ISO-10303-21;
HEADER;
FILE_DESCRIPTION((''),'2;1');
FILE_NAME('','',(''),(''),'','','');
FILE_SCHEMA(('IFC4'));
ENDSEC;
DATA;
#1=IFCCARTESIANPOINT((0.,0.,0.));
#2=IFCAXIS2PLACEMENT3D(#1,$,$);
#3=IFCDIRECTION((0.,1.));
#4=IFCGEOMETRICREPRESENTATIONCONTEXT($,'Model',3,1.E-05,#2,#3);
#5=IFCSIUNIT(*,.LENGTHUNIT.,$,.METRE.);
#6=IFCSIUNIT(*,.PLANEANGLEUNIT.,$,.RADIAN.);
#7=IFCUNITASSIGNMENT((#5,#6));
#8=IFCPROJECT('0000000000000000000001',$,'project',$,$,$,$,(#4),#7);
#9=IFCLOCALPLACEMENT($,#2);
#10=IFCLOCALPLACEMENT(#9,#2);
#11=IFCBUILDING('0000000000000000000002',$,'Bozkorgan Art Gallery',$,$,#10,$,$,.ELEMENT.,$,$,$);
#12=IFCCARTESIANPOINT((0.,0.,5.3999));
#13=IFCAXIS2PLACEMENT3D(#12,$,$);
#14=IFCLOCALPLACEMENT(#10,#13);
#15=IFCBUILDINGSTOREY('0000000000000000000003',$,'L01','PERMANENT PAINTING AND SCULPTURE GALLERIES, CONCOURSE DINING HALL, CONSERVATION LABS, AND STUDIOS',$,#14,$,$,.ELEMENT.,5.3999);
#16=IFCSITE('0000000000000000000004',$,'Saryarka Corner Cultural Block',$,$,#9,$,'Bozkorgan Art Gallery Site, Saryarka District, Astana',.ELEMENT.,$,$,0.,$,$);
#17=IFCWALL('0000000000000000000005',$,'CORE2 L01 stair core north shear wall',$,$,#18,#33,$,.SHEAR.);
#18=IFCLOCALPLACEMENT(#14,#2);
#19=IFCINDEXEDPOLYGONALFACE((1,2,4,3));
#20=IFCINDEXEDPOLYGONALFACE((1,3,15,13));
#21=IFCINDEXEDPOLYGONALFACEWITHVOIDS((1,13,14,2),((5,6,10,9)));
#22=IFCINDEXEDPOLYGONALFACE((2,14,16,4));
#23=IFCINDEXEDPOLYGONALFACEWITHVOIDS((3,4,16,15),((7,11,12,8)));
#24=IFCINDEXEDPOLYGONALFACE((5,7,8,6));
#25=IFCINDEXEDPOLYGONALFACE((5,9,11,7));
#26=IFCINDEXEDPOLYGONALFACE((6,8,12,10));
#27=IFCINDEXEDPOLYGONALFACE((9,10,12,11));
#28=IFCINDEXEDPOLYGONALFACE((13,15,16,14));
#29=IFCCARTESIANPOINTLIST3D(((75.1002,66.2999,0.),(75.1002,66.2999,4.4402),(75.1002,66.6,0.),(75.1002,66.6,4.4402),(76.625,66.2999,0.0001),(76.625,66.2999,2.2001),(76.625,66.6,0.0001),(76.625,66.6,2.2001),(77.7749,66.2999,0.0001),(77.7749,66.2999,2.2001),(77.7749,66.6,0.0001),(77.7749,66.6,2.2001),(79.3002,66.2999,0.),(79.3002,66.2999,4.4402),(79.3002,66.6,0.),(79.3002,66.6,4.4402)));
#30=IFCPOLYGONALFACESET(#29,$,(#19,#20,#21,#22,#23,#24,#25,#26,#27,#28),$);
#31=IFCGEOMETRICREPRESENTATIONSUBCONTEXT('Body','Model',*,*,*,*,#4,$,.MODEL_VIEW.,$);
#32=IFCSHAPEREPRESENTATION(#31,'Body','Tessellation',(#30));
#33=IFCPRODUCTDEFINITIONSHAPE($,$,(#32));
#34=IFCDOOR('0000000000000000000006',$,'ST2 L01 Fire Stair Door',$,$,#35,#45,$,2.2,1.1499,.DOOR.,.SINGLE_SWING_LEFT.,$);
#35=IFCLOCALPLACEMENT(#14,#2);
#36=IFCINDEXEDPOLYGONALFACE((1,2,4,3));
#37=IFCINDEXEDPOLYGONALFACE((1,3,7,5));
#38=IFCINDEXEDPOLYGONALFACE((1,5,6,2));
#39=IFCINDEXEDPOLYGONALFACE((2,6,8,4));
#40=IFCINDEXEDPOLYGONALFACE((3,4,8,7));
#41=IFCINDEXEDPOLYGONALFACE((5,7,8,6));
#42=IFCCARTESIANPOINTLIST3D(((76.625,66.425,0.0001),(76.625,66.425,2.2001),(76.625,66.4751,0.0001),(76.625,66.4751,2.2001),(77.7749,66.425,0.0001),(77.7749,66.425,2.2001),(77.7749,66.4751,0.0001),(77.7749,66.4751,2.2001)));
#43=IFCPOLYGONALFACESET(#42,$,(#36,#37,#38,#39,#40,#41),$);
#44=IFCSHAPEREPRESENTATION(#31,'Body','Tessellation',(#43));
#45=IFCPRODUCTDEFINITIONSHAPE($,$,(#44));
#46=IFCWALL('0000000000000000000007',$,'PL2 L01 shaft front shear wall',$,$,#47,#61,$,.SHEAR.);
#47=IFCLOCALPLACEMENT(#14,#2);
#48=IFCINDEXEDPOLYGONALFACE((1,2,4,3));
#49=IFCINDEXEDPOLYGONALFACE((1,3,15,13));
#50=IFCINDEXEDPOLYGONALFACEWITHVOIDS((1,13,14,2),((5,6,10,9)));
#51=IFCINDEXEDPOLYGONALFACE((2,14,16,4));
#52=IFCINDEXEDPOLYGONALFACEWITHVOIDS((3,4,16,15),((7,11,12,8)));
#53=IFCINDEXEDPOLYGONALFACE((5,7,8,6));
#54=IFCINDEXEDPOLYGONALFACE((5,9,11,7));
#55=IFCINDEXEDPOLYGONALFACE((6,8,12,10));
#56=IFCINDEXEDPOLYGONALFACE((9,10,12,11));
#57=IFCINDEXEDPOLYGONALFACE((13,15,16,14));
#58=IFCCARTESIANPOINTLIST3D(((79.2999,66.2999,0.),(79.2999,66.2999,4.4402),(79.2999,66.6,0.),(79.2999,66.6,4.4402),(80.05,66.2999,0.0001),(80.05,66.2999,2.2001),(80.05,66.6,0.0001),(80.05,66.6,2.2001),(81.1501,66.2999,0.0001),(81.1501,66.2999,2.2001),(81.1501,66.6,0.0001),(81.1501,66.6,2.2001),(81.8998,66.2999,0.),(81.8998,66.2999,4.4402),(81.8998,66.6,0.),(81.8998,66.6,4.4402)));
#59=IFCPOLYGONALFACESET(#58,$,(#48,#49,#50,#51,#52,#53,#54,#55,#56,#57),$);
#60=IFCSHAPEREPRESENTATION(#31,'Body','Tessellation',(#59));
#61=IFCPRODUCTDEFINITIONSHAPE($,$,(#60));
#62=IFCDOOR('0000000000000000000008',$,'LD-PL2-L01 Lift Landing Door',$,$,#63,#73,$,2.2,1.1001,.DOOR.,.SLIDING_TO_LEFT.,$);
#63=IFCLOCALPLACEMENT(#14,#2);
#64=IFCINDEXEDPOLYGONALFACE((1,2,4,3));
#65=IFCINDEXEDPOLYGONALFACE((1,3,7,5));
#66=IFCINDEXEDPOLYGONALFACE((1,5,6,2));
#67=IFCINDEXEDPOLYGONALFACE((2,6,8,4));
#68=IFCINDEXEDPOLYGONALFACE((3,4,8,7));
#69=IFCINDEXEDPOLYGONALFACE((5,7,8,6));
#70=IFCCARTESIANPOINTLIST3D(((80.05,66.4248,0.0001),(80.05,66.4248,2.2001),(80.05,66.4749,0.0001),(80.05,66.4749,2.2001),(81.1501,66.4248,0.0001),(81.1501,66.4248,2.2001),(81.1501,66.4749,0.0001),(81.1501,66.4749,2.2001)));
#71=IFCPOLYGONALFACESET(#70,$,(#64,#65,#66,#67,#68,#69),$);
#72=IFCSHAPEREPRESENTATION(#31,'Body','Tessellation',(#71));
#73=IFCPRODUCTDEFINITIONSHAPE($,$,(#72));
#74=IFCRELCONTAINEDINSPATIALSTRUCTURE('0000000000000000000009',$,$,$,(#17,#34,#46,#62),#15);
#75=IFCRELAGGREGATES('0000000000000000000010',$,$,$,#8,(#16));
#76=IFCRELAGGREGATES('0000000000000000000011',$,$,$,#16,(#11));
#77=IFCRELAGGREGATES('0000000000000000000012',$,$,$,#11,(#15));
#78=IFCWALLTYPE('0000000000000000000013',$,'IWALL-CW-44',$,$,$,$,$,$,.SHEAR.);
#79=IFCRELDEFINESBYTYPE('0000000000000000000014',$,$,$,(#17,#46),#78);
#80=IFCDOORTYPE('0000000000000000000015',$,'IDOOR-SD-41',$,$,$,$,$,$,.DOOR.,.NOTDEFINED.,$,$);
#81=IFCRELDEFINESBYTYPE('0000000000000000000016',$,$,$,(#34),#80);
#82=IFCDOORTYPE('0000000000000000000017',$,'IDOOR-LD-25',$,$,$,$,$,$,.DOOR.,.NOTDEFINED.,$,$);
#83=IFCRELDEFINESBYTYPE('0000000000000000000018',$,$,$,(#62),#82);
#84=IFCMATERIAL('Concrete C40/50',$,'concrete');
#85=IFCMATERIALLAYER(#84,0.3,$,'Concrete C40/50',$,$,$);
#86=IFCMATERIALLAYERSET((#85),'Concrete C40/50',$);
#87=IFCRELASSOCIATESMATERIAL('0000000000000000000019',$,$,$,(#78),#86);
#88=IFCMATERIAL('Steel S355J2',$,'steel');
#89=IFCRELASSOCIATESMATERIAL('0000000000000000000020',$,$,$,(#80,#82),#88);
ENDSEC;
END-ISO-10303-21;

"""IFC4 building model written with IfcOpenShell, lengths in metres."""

from ifc_helpers import new_model, si_unit, direction, frame, frame_2d, origin, place, context, subcontext, project, spatial, rectangle, extrude, material, layer, layer_set, type_object, element, fill, save


model = new_model("IFC4")

# Units and contexts
model_context = context("Model", 3, precision=1e-05, world=origin(), true_north=direction((0.0, 1.0)))
body_context = subcontext(model_context, "Body", "Model", "MODEL_VIEW")
ifc_project = project(units=[si_unit("LENGTHUNIT", "METRE"), si_unit("PLANEANGLEUNIT", "RADIAN")], contexts=[model_context])

# Site, building, storey
site_placement = place(None, origin())
site = spatial("IfcSite", under=ifc_project, at=site_placement, Name="Saryarka Corner Cultural Block", LongName="Bozkorgan Art Gallery Site, Saryarka District, Astana", CompositionType="ELEMENT", RefElevation=0.0)
building_placement = place(site_placement, origin())
building = spatial("IfcBuilding", under=site, at=building_placement, Name="Bozkorgan Art Gallery", CompositionType="ELEMENT")
storey_placement = place(building_placement, frame((0.0, 0.0, 5.3999)))
storey = spatial("IfcBuildingStorey", under=building, at=storey_placement, Name="L01", Description="PERMANENT PAINTING AND SCULPTURE GALLERIES, CONCOURSE DINING HALL, CONSERVATION LABS, AND STUDIOS", CompositionType="ELEMENT", Elevation=5.3999)

# Shared definitions
ifc_material_1 = material(Name="Concrete C40/50", Category="concrete")

# Walls, openings, doors
ifc_layer_1 = layer(ifc_material_1, 0.3, Name="Concrete C40/50")
ifc_layer_set_1 = layer_set([ifc_layer_1], Name="Concrete C40/50")
wall_type = type_object("IfcWallType", Name="IWALL-CW-44", PredefinedType="SHEAR", material=ifc_layer_set_1)
wall_1_placement = place(storey_placement, frame((75.1001, 66.45, 0.0), z_axis=(0.0, 0.0, 1.0), x_axis=(1.0, 0.0, 0.0)))
wall_1 = element("IfcWall", 1, at=wall_1_placement, inside=storey, type_object=wall_type, Name="CORE2 L01 stair core north shear wall", PredefinedType="SHEAR", context=body_context, shape_type="SweptSolid", body=[
    extrude(rectangle(XDim=4.2, YDim=0.3, at=frame_2d((2.1001, 0.0))), origin(), (0.0, 0.0, 1.0), 4.4402),
])
opening_1_placement = place(wall_1_placement, frame((2.6748, 0.0, 0.0), z_axis=(0.0, 0.0, 1.0), x_axis=(-1.0, 0.0, 0.0)))
opening_1 = element("IfcOpeningElement", 2, at=opening_1_placement, cuts=wall_1, PredefinedType="OPENING", context=body_context, shape_type="SweptSolid", body=[
    extrude(rectangle(XDim=1.1499, YDim=2.2, at=frame_2d((0.575, 1.1001))), frame((0.0, 0.1602, 0.0), z_axis=(0.0, -1.0, 0.0), x_axis=(1.0, 0.0, 0.0)), (0.0, 0.0, 1.0), 0.3201),
])
ifc_material_2 = material(Name="Steel S355J2", Category="steel")
door_type_1 = type_object("IfcDoorType", Name="IDOOR-SD-41", OperationType="NOTDEFINED", PredefinedType="DOOR", material=ifc_material_2)
door_1_placement = place(opening_1_placement, origin())
door_1 = element("IfcDoor", 3, at=door_1_placement, inside=storey, type_object=door_type_1, Name="ST2 L01 Fire Stair Door", OperationType="SINGLE_SWING_LEFT", OverallHeight=2.2, OverallWidth=1.1499, PredefinedType="DOOR", context=body_context, shape_type="SweptSolid", body=[
    extrude(rectangle(XDim=1.1499, YDim=2.2, at=frame_2d((0.575, 1.1001))), frame((0.0, 0.0249, 0.0), z_axis=(0.0, -1.0, 0.0), x_axis=(1.0, 0.0, 0.0)), (0.0, 0.0, 1.0), 0.05),
])
fill(opening_1, door_1)
wall_2_placement = place(storey_placement, frame((79.3, 66.45, 0.0), z_axis=(0.0, 0.0, 1.0), x_axis=(1.0, 0.0, 0.0)))
wall_2 = element("IfcWall", 4, at=wall_2_placement, inside=storey, type_object=wall_type, Name="PL2 L01 shaft front shear wall", PredefinedType="SHEAR", context=body_context, shape_type="SweptSolid", body=[
    extrude(rectangle(XDim=2.5999, YDim=0.3, at=frame_2d((1.2998, 0.0))), origin(), (0.0, 0.0, 1.0), 4.4402),
])
opening_2_placement = place(wall_2_placement, frame((0.75, 0.0, 0.0)))
opening_2 = element("IfcOpeningElement", 5, at=opening_2_placement, cuts=wall_2, PredefinedType="OPENING", context=body_context, shape_type="SweptSolid", body=[
    extrude(rectangle(XDim=1.1001, YDim=2.2, at=frame_2d((0.55, 1.1001))), frame((0.0, 0.1602, 0.0), z_axis=(0.0, -1.0, 0.0), x_axis=(1.0, 0.0, 0.0)), (0.0, 0.0, 1.0), 0.3201),
])
door_type_2 = type_object("IfcDoorType", Name="IDOOR-LD-25", OperationType="NOTDEFINED", PredefinedType="DOOR", material=ifc_material_2)
door_2_placement = place(opening_2_placement, origin())
door_2 = element("IfcDoor", 6, at=door_2_placement, inside=storey, type_object=door_type_2, Name="LD-PL2-L01 Lift Landing Door", OperationType="SLIDING_TO_LEFT", OverallHeight=2.2, OverallWidth=1.1001, PredefinedType="DOOR", context=body_context, shape_type="SweptSolid", body=[
    extrude(rectangle(XDim=1.1001, YDim=2.2, at=frame_2d((0.55, 1.1001))), frame((0.0, 0.0249, 0.0), z_axis=(0.0, -1.0, 0.0), x_axis=(1.0, 0.0, 0.0)), (0.0, 0.0, 1.0), 0.05),
])
fill(opening_2, door_2)

save(model, "model.ifc")
